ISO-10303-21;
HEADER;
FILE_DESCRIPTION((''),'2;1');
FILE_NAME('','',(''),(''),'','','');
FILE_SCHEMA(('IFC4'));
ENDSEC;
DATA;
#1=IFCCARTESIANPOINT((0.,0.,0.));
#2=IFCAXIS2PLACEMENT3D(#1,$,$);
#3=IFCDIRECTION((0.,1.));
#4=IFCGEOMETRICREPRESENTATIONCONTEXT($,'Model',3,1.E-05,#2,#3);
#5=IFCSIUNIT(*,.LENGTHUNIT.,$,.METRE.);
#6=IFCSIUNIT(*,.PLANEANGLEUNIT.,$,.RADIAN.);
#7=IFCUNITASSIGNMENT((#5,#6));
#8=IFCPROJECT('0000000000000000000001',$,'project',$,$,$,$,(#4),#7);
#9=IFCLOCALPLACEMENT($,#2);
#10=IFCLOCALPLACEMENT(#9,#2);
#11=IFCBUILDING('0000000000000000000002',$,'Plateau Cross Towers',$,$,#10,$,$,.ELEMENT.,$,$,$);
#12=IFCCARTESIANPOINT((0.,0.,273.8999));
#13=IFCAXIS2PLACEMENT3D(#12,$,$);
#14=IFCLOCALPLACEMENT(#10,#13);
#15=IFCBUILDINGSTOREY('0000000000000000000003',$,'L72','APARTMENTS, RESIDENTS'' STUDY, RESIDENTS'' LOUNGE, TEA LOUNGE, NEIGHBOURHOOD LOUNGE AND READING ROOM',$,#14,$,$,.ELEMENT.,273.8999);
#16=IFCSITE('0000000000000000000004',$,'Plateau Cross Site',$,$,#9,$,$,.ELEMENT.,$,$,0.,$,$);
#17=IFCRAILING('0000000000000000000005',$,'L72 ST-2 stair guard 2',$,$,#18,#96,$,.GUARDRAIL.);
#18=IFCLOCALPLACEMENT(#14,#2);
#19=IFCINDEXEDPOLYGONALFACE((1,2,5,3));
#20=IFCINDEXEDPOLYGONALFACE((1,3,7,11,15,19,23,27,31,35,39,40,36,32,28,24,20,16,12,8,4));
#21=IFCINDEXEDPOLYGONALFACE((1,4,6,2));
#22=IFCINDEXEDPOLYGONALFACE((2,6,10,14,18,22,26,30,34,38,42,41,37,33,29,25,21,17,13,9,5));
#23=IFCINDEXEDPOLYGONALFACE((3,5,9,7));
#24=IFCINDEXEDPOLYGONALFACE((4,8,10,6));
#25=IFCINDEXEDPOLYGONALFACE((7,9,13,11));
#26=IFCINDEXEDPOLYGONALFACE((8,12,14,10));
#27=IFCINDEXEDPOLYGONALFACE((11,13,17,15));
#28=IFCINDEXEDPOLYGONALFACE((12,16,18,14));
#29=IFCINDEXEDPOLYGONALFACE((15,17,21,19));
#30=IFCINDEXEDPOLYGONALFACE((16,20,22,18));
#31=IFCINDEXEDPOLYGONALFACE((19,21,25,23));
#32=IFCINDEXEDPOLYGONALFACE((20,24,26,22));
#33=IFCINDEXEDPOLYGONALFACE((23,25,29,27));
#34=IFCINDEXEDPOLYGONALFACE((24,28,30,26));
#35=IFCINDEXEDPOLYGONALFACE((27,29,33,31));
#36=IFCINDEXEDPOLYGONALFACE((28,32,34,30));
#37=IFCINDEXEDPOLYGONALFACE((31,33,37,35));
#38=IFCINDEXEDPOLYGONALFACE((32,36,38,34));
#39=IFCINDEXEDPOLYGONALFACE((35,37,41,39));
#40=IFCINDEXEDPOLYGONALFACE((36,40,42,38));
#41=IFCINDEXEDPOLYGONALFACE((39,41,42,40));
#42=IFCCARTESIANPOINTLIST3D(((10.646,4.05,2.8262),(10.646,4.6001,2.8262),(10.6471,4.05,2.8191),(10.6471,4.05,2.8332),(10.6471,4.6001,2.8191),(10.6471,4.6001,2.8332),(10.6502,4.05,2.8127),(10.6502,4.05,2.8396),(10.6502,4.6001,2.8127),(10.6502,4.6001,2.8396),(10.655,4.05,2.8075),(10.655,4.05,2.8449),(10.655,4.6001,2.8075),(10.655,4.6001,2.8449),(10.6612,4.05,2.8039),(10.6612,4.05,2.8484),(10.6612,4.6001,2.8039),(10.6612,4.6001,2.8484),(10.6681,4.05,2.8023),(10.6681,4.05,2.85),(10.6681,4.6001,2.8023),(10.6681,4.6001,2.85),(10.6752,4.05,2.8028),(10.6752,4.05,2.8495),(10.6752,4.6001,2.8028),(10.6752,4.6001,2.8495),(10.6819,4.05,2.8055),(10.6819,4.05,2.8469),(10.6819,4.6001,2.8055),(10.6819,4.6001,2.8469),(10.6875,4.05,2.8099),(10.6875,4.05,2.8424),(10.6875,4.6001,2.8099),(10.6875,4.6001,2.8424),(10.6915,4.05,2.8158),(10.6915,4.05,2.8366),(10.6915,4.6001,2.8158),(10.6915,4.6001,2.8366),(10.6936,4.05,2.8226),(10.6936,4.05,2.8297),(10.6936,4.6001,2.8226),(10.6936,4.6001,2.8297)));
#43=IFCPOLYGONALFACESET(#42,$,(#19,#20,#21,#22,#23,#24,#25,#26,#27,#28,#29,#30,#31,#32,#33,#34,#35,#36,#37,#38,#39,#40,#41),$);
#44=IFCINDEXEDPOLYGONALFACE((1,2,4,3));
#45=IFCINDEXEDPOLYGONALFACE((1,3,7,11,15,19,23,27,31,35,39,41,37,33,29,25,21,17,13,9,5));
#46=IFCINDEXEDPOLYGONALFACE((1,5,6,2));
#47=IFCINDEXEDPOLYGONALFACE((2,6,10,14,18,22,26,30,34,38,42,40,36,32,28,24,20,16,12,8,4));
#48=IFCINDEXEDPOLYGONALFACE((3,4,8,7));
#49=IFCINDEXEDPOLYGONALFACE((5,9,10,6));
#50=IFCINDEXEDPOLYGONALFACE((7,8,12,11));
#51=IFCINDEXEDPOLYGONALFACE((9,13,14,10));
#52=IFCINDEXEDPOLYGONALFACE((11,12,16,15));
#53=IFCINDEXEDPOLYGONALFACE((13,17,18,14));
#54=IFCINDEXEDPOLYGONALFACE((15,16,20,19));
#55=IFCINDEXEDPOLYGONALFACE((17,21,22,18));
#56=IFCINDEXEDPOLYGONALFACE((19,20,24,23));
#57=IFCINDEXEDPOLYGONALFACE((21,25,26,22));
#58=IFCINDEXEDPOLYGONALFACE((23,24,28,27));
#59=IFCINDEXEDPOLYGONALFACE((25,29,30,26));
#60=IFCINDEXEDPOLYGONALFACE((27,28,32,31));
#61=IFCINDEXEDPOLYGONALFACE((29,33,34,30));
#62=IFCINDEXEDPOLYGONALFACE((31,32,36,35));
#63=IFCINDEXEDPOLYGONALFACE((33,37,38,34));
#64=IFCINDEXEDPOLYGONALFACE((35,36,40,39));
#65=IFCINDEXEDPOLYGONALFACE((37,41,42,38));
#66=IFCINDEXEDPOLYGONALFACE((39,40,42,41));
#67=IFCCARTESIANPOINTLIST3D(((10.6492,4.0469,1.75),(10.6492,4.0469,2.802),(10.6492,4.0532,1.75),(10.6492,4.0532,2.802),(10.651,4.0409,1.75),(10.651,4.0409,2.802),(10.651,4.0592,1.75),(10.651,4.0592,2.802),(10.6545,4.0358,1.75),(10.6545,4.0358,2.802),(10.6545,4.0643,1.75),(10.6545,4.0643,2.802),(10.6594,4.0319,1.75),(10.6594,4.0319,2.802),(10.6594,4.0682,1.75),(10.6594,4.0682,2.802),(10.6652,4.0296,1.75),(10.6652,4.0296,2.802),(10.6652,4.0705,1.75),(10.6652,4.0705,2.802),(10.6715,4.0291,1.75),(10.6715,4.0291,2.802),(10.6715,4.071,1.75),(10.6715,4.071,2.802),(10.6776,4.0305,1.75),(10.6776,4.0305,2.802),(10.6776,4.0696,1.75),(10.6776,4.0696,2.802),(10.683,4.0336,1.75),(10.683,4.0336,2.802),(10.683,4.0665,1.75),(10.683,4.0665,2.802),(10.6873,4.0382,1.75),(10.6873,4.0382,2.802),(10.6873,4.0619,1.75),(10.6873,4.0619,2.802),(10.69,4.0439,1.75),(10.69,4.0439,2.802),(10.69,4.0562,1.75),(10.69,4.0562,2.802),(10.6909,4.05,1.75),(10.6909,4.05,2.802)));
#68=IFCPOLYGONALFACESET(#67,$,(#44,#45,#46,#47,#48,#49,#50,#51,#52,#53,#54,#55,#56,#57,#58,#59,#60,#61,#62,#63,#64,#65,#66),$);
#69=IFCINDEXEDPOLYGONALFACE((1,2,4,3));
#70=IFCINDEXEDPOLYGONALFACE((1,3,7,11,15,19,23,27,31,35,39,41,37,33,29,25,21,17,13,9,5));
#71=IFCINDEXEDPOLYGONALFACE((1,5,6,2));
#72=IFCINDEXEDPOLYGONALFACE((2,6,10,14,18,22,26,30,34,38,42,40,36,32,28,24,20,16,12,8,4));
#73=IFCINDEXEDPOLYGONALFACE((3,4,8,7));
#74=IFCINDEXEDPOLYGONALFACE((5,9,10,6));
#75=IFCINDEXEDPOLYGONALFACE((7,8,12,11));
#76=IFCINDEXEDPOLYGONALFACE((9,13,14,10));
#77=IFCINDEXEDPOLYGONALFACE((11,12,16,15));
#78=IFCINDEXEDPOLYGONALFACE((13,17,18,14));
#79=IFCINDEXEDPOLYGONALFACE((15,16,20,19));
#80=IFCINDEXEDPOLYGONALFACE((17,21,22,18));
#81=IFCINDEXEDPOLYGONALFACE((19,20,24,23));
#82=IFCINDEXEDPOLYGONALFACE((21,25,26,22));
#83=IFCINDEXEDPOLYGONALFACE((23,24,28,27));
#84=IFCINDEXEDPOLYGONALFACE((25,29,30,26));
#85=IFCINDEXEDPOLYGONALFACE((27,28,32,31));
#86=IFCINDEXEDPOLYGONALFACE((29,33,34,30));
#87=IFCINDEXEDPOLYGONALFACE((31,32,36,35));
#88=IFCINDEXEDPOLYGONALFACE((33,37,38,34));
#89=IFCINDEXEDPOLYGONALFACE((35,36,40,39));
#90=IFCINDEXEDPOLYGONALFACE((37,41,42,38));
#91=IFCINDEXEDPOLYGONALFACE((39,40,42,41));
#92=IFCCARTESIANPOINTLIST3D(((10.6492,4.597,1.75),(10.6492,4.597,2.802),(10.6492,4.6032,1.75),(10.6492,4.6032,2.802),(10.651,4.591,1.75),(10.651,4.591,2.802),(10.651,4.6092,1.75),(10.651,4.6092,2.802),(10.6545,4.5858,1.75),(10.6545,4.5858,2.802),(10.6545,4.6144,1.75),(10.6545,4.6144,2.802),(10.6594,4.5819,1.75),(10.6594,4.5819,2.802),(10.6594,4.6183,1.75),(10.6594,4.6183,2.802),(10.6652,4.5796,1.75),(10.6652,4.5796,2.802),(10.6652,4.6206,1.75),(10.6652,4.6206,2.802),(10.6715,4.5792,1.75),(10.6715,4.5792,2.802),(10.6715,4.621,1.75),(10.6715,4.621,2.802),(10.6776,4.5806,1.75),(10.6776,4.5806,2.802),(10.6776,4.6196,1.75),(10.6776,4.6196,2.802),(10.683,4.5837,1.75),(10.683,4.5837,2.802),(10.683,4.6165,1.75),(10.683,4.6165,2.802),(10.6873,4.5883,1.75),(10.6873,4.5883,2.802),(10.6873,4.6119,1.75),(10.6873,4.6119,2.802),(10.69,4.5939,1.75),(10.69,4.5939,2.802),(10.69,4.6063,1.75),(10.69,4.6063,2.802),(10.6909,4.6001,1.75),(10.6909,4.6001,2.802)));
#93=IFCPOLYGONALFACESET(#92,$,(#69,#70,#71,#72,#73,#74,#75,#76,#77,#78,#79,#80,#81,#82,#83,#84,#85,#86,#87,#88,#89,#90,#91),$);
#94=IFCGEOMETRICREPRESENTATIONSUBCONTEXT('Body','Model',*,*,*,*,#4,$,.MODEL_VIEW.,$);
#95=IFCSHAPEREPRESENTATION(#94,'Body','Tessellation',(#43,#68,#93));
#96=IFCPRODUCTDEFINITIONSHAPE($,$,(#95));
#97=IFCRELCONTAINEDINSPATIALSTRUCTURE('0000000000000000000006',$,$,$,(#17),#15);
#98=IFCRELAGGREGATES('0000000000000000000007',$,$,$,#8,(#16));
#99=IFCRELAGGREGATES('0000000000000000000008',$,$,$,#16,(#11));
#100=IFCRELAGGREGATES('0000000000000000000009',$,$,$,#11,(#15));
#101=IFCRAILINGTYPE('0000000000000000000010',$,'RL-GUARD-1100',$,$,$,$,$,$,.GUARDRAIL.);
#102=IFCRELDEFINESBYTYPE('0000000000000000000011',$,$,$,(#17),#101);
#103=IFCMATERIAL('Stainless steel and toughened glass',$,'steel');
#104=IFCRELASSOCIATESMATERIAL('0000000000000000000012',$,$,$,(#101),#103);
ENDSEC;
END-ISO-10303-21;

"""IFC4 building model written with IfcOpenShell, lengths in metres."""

from ifc_helpers import new_model, si_unit, direction, frame, origin, origin_2d, place, context, subcontext, project, spatial, circle, extrude, material, type_object, element, save


model = new_model("IFC4")

# Units and contexts
model_context = context("Model", 3, precision=1e-05, world=origin(), true_north=direction((0.0, 1.0)))
body_context = subcontext(model_context, "Body", "Model", "MODEL_VIEW")
ifc_project = project(units=[si_unit("LENGTHUNIT", "METRE"), si_unit("PLANEANGLEUNIT", "RADIAN")], contexts=[model_context])

# Site, building, storey
site_placement = place(None, origin())
site = spatial("IfcSite", under=ifc_project, at=site_placement, Name="Plateau Cross Site", CompositionType="ELEMENT", RefElevation=0.0)
building_placement = place(site_placement, origin())
building = spatial("IfcBuilding", under=site, at=building_placement, Name="Plateau Cross Towers", CompositionType="ELEMENT")
storey_placement = place(building_placement, frame((0.0, 0.0, 273.8999)))
storey = spatial("IfcBuildingStorey", under=building, at=storey_placement, Name="L72", Description="APARTMENTS, RESIDENTS' STUDY, RESIDENTS' LOUNGE, TEA LOUNGE, NEIGHBOURHOOD LOUNGE AND READING ROOM", CompositionType="ELEMENT", Elevation=273.8999)

# Railing
ifc_material_1 = material(Name="Stainless steel and toughened glass", Category="steel")
railing_type_1 = type_object("IfcRailingType", Name="RL-GUARD-1100", PredefinedType="GUARDRAIL", material=ifc_material_1)
railing_1_placement = place(storey_placement, frame((10.6699, 4.05, 1.75)))
element("IfcRailing", 1, at=railing_1_placement, inside=storey, type_object=railing_type_1, Name="L72 ST-2 stair guard 2", PredefinedType="GUARDRAIL", context=body_context, shape_type="SweptSolid", body=[
    extrude(circle(Radius=0.0239, at=origin_2d()), frame((0.0, 0.0, 1.0762), z_axis=(0.0, 1.0, 0.0), x_axis=(-1.0, 0.0, 0.0)), (0.0, 0.0, 1.0), 0.55),
    extrude(circle(Radius=0.021, at=origin_2d()), origin(), (0.0, 0.0, 1.0), 1.052),
    extrude(circle(Radius=0.021, at=origin_2d()), frame((0.0, 0.55, 0.0)), (0.0, 0.0, 1.0), 1.052),
])

save(model, "model.ifc")
